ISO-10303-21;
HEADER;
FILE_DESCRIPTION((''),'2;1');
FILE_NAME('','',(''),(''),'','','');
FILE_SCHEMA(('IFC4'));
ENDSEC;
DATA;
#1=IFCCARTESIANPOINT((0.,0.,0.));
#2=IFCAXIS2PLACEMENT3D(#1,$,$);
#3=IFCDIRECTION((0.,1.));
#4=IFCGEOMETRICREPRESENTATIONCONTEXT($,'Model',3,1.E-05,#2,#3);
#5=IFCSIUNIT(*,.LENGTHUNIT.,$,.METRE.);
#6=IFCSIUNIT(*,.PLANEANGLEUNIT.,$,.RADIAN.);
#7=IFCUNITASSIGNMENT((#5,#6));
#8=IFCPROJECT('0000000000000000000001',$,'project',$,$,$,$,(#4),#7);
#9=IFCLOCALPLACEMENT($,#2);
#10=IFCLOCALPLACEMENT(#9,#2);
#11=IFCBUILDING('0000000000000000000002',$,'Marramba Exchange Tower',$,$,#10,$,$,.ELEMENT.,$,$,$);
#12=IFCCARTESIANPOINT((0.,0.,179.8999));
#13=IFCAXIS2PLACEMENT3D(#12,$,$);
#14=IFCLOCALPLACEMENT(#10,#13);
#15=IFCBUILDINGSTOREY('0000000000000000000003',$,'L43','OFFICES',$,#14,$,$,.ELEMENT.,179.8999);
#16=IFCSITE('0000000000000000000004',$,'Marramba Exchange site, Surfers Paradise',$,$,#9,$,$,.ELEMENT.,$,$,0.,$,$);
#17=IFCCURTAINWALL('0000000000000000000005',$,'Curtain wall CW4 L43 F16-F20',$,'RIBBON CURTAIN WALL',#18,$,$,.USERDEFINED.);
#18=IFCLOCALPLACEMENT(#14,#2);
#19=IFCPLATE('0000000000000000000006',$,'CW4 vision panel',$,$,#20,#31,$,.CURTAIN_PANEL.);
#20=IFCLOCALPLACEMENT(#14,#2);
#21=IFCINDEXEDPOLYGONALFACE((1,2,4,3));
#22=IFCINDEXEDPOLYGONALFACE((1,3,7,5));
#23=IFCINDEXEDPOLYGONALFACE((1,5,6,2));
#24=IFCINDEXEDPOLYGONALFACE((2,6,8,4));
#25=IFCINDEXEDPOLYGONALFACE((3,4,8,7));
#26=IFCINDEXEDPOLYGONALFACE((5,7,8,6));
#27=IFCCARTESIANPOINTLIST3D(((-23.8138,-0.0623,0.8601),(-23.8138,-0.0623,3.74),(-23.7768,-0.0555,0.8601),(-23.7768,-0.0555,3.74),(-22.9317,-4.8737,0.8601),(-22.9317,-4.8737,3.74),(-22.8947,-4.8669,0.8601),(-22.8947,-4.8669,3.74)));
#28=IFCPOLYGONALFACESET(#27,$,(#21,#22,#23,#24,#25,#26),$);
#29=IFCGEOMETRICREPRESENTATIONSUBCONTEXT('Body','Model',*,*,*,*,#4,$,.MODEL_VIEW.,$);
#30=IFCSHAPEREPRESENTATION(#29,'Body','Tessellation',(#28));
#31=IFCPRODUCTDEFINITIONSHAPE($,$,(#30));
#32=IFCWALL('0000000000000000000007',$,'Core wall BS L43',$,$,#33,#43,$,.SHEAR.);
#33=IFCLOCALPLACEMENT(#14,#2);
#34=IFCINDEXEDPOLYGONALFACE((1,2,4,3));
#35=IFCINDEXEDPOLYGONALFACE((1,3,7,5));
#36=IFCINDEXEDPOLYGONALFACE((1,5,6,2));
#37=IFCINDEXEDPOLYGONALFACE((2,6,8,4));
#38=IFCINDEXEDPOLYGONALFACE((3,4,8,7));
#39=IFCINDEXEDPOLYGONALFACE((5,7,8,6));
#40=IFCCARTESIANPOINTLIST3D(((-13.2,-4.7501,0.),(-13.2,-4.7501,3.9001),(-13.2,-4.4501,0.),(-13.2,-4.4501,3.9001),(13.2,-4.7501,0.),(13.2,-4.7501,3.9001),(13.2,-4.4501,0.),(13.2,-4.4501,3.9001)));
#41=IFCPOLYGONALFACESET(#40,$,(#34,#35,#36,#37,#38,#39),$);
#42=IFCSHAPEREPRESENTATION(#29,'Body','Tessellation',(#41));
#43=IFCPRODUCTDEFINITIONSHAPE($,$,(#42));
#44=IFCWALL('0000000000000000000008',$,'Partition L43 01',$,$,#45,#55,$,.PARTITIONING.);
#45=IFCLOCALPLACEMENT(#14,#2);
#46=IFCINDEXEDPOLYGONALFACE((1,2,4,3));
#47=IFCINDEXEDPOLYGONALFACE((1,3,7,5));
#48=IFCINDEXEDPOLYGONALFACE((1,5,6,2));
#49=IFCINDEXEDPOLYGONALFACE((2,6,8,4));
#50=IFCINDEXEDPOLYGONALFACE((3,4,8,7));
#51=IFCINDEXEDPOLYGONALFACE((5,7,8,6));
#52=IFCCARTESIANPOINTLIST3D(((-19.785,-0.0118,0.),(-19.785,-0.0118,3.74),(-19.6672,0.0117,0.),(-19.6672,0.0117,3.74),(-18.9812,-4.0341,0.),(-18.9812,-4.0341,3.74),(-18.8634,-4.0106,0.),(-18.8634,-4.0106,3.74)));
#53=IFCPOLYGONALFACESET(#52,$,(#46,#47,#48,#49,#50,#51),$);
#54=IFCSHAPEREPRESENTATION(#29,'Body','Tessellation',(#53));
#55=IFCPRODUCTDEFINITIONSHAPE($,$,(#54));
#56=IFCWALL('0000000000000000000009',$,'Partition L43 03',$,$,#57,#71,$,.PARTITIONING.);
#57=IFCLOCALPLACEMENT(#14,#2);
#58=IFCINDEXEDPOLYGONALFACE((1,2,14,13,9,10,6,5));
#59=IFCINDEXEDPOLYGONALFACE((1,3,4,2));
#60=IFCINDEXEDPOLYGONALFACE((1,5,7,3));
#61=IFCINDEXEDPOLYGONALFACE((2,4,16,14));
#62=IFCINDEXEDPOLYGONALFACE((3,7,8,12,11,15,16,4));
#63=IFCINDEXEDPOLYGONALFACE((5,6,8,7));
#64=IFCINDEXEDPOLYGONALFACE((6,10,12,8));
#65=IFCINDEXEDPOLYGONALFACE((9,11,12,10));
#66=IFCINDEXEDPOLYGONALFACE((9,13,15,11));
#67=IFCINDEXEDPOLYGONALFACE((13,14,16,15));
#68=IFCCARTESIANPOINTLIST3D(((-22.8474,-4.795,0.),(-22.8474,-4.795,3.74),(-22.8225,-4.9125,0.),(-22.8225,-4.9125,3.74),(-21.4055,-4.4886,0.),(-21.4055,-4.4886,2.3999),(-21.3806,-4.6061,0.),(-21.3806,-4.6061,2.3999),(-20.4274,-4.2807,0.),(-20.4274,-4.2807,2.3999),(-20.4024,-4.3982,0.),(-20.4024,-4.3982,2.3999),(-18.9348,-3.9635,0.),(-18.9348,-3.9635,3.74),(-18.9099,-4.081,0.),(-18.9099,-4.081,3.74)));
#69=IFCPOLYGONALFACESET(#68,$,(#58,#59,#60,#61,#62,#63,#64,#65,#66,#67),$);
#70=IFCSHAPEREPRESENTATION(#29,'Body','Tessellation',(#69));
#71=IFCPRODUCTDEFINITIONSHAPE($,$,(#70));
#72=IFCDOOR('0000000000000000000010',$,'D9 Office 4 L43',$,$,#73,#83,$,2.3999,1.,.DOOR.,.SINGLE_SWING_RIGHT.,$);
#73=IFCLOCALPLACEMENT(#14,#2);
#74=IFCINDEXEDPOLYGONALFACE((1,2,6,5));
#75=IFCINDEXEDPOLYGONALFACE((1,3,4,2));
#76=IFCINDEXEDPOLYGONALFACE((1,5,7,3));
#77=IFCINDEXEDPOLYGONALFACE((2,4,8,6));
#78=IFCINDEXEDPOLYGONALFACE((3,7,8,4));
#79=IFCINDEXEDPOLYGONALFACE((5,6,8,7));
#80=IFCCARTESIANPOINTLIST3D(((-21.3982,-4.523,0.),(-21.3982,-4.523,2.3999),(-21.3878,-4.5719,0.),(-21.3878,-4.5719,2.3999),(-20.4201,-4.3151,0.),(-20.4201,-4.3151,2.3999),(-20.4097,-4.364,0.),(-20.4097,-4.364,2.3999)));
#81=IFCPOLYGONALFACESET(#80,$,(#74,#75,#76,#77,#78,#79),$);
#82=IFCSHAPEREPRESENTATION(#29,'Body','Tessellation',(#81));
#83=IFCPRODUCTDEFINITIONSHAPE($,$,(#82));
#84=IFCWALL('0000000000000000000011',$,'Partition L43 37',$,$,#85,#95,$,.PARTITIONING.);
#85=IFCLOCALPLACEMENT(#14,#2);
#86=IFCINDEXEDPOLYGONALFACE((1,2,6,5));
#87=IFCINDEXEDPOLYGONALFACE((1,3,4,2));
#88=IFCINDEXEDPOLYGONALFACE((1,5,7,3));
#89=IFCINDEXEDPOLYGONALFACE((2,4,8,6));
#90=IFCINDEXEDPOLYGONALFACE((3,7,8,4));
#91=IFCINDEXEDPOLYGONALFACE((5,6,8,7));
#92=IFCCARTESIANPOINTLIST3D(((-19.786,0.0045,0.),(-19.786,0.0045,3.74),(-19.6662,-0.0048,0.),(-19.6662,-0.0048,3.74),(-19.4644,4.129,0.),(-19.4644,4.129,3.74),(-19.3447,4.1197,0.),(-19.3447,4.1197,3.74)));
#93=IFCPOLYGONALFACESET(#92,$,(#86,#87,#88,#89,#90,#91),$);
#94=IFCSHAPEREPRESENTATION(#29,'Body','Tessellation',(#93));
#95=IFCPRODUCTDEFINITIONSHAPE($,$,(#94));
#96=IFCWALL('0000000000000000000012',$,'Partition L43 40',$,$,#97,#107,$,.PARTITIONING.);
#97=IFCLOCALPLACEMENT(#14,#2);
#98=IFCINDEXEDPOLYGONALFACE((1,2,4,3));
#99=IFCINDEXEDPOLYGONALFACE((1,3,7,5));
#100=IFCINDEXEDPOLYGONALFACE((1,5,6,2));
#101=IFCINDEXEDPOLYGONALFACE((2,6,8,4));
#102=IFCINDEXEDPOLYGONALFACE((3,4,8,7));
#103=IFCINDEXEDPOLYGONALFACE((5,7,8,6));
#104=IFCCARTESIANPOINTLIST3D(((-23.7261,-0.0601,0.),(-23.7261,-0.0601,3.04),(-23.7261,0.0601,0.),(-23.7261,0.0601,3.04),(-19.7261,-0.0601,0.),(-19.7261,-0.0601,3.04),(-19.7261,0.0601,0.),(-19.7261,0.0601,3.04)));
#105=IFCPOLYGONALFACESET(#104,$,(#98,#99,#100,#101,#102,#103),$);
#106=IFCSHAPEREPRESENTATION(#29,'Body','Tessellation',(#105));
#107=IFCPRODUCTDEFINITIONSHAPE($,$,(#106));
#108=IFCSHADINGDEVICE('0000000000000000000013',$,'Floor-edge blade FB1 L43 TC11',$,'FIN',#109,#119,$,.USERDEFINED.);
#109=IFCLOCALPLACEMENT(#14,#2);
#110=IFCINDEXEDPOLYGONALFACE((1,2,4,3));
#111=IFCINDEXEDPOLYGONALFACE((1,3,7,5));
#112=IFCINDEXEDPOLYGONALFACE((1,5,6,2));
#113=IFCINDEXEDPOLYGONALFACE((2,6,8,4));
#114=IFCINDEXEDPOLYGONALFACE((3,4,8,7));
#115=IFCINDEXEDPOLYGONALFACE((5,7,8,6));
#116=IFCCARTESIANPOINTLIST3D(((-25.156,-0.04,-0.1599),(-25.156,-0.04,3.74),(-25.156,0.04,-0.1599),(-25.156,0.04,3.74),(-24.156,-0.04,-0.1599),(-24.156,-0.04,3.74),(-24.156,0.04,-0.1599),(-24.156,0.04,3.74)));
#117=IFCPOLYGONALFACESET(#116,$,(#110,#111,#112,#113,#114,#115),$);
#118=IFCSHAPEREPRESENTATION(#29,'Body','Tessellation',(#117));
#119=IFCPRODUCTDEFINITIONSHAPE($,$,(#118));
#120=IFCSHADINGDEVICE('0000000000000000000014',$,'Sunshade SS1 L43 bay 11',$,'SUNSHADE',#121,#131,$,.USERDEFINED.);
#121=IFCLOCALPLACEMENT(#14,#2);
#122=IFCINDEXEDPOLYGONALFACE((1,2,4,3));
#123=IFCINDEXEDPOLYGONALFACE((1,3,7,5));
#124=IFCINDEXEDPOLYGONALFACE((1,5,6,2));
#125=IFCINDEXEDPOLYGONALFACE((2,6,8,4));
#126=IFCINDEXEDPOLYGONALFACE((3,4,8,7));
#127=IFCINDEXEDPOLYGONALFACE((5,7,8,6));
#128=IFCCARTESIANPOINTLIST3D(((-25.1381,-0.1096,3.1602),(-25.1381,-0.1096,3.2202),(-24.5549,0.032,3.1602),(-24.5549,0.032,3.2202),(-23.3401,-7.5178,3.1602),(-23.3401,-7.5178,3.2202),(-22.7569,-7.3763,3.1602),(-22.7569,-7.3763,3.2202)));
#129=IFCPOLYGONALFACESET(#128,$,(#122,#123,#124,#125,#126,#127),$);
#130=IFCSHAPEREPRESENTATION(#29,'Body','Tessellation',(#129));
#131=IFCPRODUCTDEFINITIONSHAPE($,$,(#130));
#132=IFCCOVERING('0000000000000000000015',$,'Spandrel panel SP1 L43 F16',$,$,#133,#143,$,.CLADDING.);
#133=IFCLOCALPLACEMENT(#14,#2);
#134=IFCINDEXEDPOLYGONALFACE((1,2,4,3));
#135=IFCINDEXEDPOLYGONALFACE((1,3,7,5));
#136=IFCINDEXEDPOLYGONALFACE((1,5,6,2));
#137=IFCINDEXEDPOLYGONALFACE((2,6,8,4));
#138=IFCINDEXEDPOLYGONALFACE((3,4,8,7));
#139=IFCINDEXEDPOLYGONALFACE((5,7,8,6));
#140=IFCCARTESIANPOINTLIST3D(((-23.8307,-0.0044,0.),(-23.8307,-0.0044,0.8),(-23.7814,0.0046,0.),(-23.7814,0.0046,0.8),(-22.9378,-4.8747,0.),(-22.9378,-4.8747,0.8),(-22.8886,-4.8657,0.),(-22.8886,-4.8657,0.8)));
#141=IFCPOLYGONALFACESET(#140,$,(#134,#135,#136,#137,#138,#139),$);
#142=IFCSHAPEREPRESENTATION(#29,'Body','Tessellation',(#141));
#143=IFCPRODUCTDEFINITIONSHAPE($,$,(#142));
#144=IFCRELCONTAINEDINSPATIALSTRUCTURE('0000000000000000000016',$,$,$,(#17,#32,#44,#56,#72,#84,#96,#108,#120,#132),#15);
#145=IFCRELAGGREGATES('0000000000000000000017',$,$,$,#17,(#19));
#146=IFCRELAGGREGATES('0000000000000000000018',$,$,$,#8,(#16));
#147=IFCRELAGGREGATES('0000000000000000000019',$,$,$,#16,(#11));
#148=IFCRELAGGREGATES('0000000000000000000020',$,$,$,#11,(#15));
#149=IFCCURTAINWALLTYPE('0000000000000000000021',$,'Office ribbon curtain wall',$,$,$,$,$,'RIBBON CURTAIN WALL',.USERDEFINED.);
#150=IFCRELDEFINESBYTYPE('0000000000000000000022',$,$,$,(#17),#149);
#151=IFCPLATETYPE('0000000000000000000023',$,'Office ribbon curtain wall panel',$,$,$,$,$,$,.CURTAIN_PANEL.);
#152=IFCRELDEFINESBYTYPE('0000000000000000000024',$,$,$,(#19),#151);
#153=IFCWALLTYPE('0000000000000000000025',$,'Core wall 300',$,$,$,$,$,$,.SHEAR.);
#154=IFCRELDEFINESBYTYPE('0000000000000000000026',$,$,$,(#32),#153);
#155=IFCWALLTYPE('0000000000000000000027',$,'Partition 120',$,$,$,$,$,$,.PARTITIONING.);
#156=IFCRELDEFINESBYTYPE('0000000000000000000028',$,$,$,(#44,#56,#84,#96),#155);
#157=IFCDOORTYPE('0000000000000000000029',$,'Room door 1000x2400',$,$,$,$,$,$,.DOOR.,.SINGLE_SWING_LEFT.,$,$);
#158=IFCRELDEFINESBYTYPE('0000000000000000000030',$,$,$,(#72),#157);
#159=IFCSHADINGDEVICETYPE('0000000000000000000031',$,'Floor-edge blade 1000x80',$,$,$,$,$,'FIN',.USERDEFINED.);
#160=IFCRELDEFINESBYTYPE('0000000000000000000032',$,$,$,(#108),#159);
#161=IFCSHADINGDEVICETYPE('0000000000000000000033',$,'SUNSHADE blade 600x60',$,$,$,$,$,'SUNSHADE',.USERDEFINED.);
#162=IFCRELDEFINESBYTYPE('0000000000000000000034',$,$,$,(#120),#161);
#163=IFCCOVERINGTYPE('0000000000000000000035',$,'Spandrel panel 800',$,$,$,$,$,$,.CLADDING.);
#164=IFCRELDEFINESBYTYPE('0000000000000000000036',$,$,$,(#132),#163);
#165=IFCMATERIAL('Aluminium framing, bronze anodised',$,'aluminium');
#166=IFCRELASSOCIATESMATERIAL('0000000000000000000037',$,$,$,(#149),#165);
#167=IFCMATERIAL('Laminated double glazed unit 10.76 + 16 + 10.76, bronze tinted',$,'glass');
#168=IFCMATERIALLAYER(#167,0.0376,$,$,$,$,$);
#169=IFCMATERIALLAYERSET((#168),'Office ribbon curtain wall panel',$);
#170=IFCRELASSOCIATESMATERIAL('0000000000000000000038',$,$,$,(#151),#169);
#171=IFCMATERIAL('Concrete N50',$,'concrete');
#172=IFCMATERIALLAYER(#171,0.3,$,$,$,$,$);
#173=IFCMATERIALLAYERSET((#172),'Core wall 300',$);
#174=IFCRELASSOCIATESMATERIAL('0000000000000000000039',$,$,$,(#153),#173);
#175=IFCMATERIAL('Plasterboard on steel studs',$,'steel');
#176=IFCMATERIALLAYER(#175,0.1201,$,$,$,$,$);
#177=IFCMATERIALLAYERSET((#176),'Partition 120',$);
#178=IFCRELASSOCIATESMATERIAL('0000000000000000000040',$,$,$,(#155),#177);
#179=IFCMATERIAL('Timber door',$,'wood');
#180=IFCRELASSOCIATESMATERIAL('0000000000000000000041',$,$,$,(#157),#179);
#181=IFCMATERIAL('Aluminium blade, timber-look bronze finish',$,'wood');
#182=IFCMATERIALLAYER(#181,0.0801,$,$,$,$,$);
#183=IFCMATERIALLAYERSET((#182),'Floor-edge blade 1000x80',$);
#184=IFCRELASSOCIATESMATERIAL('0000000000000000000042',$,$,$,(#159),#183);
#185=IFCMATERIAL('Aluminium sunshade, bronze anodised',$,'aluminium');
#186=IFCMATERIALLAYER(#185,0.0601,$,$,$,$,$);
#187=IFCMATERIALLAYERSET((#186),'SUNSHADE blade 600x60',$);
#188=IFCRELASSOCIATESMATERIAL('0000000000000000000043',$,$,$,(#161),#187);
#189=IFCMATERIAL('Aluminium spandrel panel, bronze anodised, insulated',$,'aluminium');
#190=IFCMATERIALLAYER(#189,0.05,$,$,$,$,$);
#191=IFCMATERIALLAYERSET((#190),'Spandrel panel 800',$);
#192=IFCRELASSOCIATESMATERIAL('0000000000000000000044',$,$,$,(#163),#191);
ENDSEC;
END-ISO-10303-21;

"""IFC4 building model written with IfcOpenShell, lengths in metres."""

from ifc_helpers import new_model, si_unit, direction, frame, frame_2d, origin, origin_2d, place, context, subcontext, project, spatial, rectangle, extrude, material, layer, layer_set, type_object, element, fill, aggregate, save


model = new_model("IFC4")

# Units and contexts
model_context = context("Model", 3, precision=1e-05, world=origin(), true_north=direction((0.0, 1.0)))
body_context = subcontext(model_context, "Body", "Model", "MODEL_VIEW")
ifc_project = project(units=[si_unit("LENGTHUNIT", "METRE"), si_unit("PLANEANGLEUNIT", "RADIAN")], contexts=[model_context])

# Site, building, storey
site_placement = place(None, origin())
site = spatial("IfcSite", under=ifc_project, at=site_placement, Name="Marramba Exchange site, Surfers Paradise", CompositionType="ELEMENT", RefElevation=0.0)
building_placement = place(site_placement, origin())
building = spatial("IfcBuilding", under=site, at=building_placement, Name="Marramba Exchange Tower", CompositionType="ELEMENT")
storey_placement = place(building_placement, frame((0.0, 0.0, 179.8999)))
storey = spatial("IfcBuildingStorey", under=building, at=storey_placement, Name="L43", Description="OFFICES", CompositionType="ELEMENT", Elevation=179.8999)

# Shared definitions
ifc_material_1 = material(Name="Concrete N50", Category="concrete")

# Curtain wall
ifc_material_2 = material(Name="Aluminium framing, bronze anodised", Category="aluminium")
curtain_wall_type = type_object("IfcCurtainWallType", Name="Office ribbon curtain wall", ElementType="RIBBON CURTAIN WALL", PredefinedType="USERDEFINED", material=ifc_material_2)
curtain_wall_placement = place(storey_placement, origin())
curtain_wall = element("IfcCurtainWall", 1, at=curtain_wall_placement, inside=storey, type_object=curtain_wall_type, Name="Curtain wall CW4 L43 F16-F20", ObjectType="RIBBON CURTAIN WALL", PredefinedType="USERDEFINED")

# Plate
ifc_material_3 = material(Name="Laminated double glazed unit 10.76 + 16 + 10.76, bronze tinted", Category="glass")
ifc_layer_1 = layer(ifc_material_3, 0.0376)
ifc_layer_set_1 = layer_set([ifc_layer_1], Name="Office ribbon curtain wall panel")
plate_type = type_object("IfcPlateType", Name="Office ribbon curtain wall panel", PredefinedType="CURTAIN_PANEL", material=ifc_layer_set_1)
plate_placement = place(storey_placement, frame((-23.3542, -2.4646, 0.8601), z_axis=(0.0, 0.0, 1.0), x_axis=(0.180327, -0.983607, 0.0)))
plate = element("IfcPlate", 2, at=plate_placement, type_object=plate_type, Name="CW4 vision panel", PredefinedType="CURTAIN_PANEL", context=body_context, shape_type="SweptSolid", body=[
    extrude(rectangle(XDim=4.8916, YDim=0.0376, at=origin_2d()), origin(), (0.0, 0.0, 1.0), 2.8799),
])
aggregate(curtain_wall, [plate])

# Walls
ifc_layer_2 = layer(ifc_material_1, 0.3)
ifc_layer_set_2 = layer_set([ifc_layer_2], Name="Core wall 300")
wall_type_1 = type_object("IfcWallType", Name="Core wall 300", PredefinedType="SHEAR", material=ifc_layer_set_2)
wall_1_placement = place(storey_placement, frame((-13.2, -4.6001, 0.0), z_axis=(0.0, 0.0, 1.0), x_axis=(1.0, 0.0, 0.0)))
element("IfcWall", 3, at=wall_1_placement, inside=storey, type_object=wall_type_1, Name="Core wall BS L43", PredefinedType="SHEAR", context=body_context, shape_type="SweptSolid", body=[
    extrude(rectangle(XDim=26.3999, YDim=0.3, at=frame_2d((13.2, 0.0))), origin(), (0.0, 0.0, 1.0), 3.9001),
])
ifc_material_4 = material(Name="Plasterboard on steel studs", Category="steel")
ifc_layer_3 = layer(ifc_material_4, 0.1201)
ifc_layer_set_3 = layer_set([ifc_layer_3], Name="Partition 120")
wall_type_2 = type_object("IfcWallType", Name="Partition 120", PredefinedType="PARTITIONING", material=ifc_layer_set_3)
wall_2_placement = place(storey_placement, frame((-18.9224, -4.0222, 0.0), z_axis=(0.0, 0.0, 1.0), x_axis=(-0.195944, 0.980615, 0.0)))
element("IfcWall", 4, at=wall_2_placement, inside=storey, type_object=wall_type_2, Name="Partition L43 01", PredefinedType="PARTITIONING", context=body_context, shape_type="SweptSolid", body=[
    extrude(rectangle(XDim=4.1018, YDim=0.1201, at=frame_2d((2.0508, 0.0))), origin(), (0.0, 0.0, 1.0), 3.74),
])

# Wall, opening, door
ifc_material_5 = material(Name="Timber door", Category="wood")
door_type = type_object("IfcDoorType", Name="Room door 1000x2400", OperationType="SINGLE_SWING_LEFT", PredefinedType="DOOR", material=ifc_material_5)
wall_3_placement = place(storey_placement, frame((-22.835, -4.8538, 0.0), z_axis=(0.0, 0.0, 1.0), x_axis=(0.978153, 0.207886, 0.0)))
wall_3 = element("IfcWall", 5, at=wall_3_placement, inside=storey, type_object=wall_type_2, Name="Partition L43 03", PredefinedType="PARTITIONING", context=body_context, shape_type="SweptSolid", body=[
    extrude(rectangle(XDim=4.0, YDim=0.1201, at=frame_2d((2.0, 0.0))), origin(), (0.0, 0.0, 1.0), 3.74),
])
opening_1_placement = place(wall_3_placement, frame((1.4741, 0.0, 0.0)))
opening_1 = element("IfcOpeningElement", 6, at=opening_1_placement, cuts=wall_3, PredefinedType="OPENING", context=body_context, shape_type="SweptSolid", body=[
    extrude(rectangle(XDim=1.0, YDim=2.3999, at=frame_2d((0.5, 1.2))), frame((0.0, 0.0701, 0.0), z_axis=(0.0, -1.0, 0.0), x_axis=(1.0, 0.0, 0.0)), (0.0, 0.0, 1.0), 0.1401),
])
door_1_placement = place(opening_1_placement, origin())
door_1 = element("IfcDoor", 7, at=door_1_placement, inside=storey, type_object=door_type, Name="D9 Office 4 L43", OperationType="SINGLE_SWING_RIGHT", OverallHeight=2.3999, OverallWidth=1.0, PredefinedType="DOOR", context=body_context, shape_type="SweptSolid", body=[
    extrude(rectangle(XDim=1.0, YDim=2.3999, at=frame_2d((0.5, 1.2))), frame((0.0, 0.0249, 0.0), z_axis=(0.0, -1.0, 0.0), x_axis=(1.0, 0.0, 0.0)), (0.0, 0.0, 1.0), 0.05),
])
fill(opening_1, door_1)

# Walls
wall_4_placement = place(storey_placement, frame((-19.7261, 0.0, 0.0), z_axis=(0.0, 0.0, 1.0), x_axis=(0.077721, 0.996975, 0.0)))
element("IfcWall", 8, at=wall_4_placement, inside=storey, type_object=wall_type_2, Name="Partition L43 37", PredefinedType="PARTITIONING", context=body_context, shape_type="SweptSolid", body=[
    extrude(rectangle(XDim=4.137, YDim=0.1201, at=frame_2d((2.0684, 0.0))), origin(), (0.0, 0.0, 1.0), 3.74),
])
wall_5_placement = place(storey_placement, frame((-19.7261, 0.0, 0.0), z_axis=(0.0, 0.0, 1.0), x_axis=(-1.0, 0.0, 0.0)))
element("IfcWall", 9, at=wall_5_placement, inside=storey, type_object=wall_type_2, Name="Partition L43 40", PredefinedType="PARTITIONING", context=body_context, shape_type="SweptSolid", body=[
    extrude(rectangle(XDim=4.0, YDim=0.1201, at=frame_2d((2.0, 0.0))), origin(), (0.0, 0.0, 1.0), 3.04),
])

# Shading devices
ifc_material_6 = material(Name="Aluminium blade, timber-look bronze finish", Category="wood")
ifc_layer_4 = layer(ifc_material_6, 0.0801)
ifc_layer_set_4 = layer_set([ifc_layer_4], Name="Floor-edge blade 1000x80")
shading_device_type_1 = type_object("IfcShadingDeviceType", Name="Floor-edge blade 1000x80", ElementType="FIN", PredefinedType="USERDEFINED", material=ifc_layer_set_4)
shading_device_1_placement = place(storey_placement, frame((-24.656, 0.0, -0.1599), z_axis=(0.0, 0.0, 1.0), x_axis=(-1.0, 0.0, 0.0)))
element("IfcShadingDevice", 10, at=shading_device_1_placement, inside=storey, type_object=shading_device_type_1, Name="Floor-edge blade FB1 L43 TC11", ObjectType="FIN", PredefinedType="USERDEFINED", context=body_context, shape_type="SweptSolid", body=[
    extrude(rectangle(XDim=1.0, YDim=0.0801, at=origin_2d()), origin(), (0.0, 0.0, 1.0), 3.8999),
])
ifc_material_7 = material(Name="Aluminium sunshade, bronze anodised", Category="aluminium")
ifc_layer_5 = layer(ifc_material_7, 0.0601)
ifc_layer_set_5 = layer_set([ifc_layer_5], Name="SUNSHADE blade 600x60")
shading_device_type_2 = type_object("IfcShadingDeviceType", Name="SUNSHADE blade 600x60", ElementType="SUNSHADE", PredefinedType="USERDEFINED", material=ifc_layer_set_5)
shading_device_2_placement = place(storey_placement, frame((-23.9475, -3.7429, 3.1602), z_axis=(0.0, 0.0, 1.0), x_axis=(0.235861, -0.971787, 0.0)))
element("IfcShadingDevice", 11, at=shading_device_2_placement, inside=storey, type_object=shading_device_type_2, Name="Sunshade SS1 L43 bay 11", ObjectType="SUNSHADE", PredefinedType="USERDEFINED", context=body_context, shape_type="SweptSolid", body=[
    extrude(rectangle(XDim=7.6233, YDim=0.6001, at=origin_2d()), origin(), (0.0, 0.0, 1.0), 0.0601),
])

# Covering
ifc_material_8 = material(Name="Aluminium spandrel panel, bronze anodised, insulated", Category="aluminium")
ifc_layer_6 = layer(ifc_material_8, 0.05)
ifc_layer_set_6 = layer_set([ifc_layer_6], Name="Spandrel panel 800")
covering_type = type_object("IfcCoveringType", Name="Spandrel panel 800", PredefinedType="CLADDING", material=ifc_layer_set_6)
covering_placement = place(storey_placement, frame((-23.3596, -2.4351, 0.0), z_axis=(0.0, 0.0, 1.0), x_axis=(0.180327, -0.983607, 0.0)))
element("IfcCovering", 12, at=covering_placement, inside=storey, type_object=covering_type, Name="Spandrel panel SP1 L43 F16", PredefinedType="CLADDING", context=body_context, shape_type="SweptSolid", body=[
    extrude(rectangle(XDim=4.9514, YDim=0.05, at=origin_2d()), origin(), (0.0, 0.0, 1.0), 0.8),
])

save(model, "model.ifc")
